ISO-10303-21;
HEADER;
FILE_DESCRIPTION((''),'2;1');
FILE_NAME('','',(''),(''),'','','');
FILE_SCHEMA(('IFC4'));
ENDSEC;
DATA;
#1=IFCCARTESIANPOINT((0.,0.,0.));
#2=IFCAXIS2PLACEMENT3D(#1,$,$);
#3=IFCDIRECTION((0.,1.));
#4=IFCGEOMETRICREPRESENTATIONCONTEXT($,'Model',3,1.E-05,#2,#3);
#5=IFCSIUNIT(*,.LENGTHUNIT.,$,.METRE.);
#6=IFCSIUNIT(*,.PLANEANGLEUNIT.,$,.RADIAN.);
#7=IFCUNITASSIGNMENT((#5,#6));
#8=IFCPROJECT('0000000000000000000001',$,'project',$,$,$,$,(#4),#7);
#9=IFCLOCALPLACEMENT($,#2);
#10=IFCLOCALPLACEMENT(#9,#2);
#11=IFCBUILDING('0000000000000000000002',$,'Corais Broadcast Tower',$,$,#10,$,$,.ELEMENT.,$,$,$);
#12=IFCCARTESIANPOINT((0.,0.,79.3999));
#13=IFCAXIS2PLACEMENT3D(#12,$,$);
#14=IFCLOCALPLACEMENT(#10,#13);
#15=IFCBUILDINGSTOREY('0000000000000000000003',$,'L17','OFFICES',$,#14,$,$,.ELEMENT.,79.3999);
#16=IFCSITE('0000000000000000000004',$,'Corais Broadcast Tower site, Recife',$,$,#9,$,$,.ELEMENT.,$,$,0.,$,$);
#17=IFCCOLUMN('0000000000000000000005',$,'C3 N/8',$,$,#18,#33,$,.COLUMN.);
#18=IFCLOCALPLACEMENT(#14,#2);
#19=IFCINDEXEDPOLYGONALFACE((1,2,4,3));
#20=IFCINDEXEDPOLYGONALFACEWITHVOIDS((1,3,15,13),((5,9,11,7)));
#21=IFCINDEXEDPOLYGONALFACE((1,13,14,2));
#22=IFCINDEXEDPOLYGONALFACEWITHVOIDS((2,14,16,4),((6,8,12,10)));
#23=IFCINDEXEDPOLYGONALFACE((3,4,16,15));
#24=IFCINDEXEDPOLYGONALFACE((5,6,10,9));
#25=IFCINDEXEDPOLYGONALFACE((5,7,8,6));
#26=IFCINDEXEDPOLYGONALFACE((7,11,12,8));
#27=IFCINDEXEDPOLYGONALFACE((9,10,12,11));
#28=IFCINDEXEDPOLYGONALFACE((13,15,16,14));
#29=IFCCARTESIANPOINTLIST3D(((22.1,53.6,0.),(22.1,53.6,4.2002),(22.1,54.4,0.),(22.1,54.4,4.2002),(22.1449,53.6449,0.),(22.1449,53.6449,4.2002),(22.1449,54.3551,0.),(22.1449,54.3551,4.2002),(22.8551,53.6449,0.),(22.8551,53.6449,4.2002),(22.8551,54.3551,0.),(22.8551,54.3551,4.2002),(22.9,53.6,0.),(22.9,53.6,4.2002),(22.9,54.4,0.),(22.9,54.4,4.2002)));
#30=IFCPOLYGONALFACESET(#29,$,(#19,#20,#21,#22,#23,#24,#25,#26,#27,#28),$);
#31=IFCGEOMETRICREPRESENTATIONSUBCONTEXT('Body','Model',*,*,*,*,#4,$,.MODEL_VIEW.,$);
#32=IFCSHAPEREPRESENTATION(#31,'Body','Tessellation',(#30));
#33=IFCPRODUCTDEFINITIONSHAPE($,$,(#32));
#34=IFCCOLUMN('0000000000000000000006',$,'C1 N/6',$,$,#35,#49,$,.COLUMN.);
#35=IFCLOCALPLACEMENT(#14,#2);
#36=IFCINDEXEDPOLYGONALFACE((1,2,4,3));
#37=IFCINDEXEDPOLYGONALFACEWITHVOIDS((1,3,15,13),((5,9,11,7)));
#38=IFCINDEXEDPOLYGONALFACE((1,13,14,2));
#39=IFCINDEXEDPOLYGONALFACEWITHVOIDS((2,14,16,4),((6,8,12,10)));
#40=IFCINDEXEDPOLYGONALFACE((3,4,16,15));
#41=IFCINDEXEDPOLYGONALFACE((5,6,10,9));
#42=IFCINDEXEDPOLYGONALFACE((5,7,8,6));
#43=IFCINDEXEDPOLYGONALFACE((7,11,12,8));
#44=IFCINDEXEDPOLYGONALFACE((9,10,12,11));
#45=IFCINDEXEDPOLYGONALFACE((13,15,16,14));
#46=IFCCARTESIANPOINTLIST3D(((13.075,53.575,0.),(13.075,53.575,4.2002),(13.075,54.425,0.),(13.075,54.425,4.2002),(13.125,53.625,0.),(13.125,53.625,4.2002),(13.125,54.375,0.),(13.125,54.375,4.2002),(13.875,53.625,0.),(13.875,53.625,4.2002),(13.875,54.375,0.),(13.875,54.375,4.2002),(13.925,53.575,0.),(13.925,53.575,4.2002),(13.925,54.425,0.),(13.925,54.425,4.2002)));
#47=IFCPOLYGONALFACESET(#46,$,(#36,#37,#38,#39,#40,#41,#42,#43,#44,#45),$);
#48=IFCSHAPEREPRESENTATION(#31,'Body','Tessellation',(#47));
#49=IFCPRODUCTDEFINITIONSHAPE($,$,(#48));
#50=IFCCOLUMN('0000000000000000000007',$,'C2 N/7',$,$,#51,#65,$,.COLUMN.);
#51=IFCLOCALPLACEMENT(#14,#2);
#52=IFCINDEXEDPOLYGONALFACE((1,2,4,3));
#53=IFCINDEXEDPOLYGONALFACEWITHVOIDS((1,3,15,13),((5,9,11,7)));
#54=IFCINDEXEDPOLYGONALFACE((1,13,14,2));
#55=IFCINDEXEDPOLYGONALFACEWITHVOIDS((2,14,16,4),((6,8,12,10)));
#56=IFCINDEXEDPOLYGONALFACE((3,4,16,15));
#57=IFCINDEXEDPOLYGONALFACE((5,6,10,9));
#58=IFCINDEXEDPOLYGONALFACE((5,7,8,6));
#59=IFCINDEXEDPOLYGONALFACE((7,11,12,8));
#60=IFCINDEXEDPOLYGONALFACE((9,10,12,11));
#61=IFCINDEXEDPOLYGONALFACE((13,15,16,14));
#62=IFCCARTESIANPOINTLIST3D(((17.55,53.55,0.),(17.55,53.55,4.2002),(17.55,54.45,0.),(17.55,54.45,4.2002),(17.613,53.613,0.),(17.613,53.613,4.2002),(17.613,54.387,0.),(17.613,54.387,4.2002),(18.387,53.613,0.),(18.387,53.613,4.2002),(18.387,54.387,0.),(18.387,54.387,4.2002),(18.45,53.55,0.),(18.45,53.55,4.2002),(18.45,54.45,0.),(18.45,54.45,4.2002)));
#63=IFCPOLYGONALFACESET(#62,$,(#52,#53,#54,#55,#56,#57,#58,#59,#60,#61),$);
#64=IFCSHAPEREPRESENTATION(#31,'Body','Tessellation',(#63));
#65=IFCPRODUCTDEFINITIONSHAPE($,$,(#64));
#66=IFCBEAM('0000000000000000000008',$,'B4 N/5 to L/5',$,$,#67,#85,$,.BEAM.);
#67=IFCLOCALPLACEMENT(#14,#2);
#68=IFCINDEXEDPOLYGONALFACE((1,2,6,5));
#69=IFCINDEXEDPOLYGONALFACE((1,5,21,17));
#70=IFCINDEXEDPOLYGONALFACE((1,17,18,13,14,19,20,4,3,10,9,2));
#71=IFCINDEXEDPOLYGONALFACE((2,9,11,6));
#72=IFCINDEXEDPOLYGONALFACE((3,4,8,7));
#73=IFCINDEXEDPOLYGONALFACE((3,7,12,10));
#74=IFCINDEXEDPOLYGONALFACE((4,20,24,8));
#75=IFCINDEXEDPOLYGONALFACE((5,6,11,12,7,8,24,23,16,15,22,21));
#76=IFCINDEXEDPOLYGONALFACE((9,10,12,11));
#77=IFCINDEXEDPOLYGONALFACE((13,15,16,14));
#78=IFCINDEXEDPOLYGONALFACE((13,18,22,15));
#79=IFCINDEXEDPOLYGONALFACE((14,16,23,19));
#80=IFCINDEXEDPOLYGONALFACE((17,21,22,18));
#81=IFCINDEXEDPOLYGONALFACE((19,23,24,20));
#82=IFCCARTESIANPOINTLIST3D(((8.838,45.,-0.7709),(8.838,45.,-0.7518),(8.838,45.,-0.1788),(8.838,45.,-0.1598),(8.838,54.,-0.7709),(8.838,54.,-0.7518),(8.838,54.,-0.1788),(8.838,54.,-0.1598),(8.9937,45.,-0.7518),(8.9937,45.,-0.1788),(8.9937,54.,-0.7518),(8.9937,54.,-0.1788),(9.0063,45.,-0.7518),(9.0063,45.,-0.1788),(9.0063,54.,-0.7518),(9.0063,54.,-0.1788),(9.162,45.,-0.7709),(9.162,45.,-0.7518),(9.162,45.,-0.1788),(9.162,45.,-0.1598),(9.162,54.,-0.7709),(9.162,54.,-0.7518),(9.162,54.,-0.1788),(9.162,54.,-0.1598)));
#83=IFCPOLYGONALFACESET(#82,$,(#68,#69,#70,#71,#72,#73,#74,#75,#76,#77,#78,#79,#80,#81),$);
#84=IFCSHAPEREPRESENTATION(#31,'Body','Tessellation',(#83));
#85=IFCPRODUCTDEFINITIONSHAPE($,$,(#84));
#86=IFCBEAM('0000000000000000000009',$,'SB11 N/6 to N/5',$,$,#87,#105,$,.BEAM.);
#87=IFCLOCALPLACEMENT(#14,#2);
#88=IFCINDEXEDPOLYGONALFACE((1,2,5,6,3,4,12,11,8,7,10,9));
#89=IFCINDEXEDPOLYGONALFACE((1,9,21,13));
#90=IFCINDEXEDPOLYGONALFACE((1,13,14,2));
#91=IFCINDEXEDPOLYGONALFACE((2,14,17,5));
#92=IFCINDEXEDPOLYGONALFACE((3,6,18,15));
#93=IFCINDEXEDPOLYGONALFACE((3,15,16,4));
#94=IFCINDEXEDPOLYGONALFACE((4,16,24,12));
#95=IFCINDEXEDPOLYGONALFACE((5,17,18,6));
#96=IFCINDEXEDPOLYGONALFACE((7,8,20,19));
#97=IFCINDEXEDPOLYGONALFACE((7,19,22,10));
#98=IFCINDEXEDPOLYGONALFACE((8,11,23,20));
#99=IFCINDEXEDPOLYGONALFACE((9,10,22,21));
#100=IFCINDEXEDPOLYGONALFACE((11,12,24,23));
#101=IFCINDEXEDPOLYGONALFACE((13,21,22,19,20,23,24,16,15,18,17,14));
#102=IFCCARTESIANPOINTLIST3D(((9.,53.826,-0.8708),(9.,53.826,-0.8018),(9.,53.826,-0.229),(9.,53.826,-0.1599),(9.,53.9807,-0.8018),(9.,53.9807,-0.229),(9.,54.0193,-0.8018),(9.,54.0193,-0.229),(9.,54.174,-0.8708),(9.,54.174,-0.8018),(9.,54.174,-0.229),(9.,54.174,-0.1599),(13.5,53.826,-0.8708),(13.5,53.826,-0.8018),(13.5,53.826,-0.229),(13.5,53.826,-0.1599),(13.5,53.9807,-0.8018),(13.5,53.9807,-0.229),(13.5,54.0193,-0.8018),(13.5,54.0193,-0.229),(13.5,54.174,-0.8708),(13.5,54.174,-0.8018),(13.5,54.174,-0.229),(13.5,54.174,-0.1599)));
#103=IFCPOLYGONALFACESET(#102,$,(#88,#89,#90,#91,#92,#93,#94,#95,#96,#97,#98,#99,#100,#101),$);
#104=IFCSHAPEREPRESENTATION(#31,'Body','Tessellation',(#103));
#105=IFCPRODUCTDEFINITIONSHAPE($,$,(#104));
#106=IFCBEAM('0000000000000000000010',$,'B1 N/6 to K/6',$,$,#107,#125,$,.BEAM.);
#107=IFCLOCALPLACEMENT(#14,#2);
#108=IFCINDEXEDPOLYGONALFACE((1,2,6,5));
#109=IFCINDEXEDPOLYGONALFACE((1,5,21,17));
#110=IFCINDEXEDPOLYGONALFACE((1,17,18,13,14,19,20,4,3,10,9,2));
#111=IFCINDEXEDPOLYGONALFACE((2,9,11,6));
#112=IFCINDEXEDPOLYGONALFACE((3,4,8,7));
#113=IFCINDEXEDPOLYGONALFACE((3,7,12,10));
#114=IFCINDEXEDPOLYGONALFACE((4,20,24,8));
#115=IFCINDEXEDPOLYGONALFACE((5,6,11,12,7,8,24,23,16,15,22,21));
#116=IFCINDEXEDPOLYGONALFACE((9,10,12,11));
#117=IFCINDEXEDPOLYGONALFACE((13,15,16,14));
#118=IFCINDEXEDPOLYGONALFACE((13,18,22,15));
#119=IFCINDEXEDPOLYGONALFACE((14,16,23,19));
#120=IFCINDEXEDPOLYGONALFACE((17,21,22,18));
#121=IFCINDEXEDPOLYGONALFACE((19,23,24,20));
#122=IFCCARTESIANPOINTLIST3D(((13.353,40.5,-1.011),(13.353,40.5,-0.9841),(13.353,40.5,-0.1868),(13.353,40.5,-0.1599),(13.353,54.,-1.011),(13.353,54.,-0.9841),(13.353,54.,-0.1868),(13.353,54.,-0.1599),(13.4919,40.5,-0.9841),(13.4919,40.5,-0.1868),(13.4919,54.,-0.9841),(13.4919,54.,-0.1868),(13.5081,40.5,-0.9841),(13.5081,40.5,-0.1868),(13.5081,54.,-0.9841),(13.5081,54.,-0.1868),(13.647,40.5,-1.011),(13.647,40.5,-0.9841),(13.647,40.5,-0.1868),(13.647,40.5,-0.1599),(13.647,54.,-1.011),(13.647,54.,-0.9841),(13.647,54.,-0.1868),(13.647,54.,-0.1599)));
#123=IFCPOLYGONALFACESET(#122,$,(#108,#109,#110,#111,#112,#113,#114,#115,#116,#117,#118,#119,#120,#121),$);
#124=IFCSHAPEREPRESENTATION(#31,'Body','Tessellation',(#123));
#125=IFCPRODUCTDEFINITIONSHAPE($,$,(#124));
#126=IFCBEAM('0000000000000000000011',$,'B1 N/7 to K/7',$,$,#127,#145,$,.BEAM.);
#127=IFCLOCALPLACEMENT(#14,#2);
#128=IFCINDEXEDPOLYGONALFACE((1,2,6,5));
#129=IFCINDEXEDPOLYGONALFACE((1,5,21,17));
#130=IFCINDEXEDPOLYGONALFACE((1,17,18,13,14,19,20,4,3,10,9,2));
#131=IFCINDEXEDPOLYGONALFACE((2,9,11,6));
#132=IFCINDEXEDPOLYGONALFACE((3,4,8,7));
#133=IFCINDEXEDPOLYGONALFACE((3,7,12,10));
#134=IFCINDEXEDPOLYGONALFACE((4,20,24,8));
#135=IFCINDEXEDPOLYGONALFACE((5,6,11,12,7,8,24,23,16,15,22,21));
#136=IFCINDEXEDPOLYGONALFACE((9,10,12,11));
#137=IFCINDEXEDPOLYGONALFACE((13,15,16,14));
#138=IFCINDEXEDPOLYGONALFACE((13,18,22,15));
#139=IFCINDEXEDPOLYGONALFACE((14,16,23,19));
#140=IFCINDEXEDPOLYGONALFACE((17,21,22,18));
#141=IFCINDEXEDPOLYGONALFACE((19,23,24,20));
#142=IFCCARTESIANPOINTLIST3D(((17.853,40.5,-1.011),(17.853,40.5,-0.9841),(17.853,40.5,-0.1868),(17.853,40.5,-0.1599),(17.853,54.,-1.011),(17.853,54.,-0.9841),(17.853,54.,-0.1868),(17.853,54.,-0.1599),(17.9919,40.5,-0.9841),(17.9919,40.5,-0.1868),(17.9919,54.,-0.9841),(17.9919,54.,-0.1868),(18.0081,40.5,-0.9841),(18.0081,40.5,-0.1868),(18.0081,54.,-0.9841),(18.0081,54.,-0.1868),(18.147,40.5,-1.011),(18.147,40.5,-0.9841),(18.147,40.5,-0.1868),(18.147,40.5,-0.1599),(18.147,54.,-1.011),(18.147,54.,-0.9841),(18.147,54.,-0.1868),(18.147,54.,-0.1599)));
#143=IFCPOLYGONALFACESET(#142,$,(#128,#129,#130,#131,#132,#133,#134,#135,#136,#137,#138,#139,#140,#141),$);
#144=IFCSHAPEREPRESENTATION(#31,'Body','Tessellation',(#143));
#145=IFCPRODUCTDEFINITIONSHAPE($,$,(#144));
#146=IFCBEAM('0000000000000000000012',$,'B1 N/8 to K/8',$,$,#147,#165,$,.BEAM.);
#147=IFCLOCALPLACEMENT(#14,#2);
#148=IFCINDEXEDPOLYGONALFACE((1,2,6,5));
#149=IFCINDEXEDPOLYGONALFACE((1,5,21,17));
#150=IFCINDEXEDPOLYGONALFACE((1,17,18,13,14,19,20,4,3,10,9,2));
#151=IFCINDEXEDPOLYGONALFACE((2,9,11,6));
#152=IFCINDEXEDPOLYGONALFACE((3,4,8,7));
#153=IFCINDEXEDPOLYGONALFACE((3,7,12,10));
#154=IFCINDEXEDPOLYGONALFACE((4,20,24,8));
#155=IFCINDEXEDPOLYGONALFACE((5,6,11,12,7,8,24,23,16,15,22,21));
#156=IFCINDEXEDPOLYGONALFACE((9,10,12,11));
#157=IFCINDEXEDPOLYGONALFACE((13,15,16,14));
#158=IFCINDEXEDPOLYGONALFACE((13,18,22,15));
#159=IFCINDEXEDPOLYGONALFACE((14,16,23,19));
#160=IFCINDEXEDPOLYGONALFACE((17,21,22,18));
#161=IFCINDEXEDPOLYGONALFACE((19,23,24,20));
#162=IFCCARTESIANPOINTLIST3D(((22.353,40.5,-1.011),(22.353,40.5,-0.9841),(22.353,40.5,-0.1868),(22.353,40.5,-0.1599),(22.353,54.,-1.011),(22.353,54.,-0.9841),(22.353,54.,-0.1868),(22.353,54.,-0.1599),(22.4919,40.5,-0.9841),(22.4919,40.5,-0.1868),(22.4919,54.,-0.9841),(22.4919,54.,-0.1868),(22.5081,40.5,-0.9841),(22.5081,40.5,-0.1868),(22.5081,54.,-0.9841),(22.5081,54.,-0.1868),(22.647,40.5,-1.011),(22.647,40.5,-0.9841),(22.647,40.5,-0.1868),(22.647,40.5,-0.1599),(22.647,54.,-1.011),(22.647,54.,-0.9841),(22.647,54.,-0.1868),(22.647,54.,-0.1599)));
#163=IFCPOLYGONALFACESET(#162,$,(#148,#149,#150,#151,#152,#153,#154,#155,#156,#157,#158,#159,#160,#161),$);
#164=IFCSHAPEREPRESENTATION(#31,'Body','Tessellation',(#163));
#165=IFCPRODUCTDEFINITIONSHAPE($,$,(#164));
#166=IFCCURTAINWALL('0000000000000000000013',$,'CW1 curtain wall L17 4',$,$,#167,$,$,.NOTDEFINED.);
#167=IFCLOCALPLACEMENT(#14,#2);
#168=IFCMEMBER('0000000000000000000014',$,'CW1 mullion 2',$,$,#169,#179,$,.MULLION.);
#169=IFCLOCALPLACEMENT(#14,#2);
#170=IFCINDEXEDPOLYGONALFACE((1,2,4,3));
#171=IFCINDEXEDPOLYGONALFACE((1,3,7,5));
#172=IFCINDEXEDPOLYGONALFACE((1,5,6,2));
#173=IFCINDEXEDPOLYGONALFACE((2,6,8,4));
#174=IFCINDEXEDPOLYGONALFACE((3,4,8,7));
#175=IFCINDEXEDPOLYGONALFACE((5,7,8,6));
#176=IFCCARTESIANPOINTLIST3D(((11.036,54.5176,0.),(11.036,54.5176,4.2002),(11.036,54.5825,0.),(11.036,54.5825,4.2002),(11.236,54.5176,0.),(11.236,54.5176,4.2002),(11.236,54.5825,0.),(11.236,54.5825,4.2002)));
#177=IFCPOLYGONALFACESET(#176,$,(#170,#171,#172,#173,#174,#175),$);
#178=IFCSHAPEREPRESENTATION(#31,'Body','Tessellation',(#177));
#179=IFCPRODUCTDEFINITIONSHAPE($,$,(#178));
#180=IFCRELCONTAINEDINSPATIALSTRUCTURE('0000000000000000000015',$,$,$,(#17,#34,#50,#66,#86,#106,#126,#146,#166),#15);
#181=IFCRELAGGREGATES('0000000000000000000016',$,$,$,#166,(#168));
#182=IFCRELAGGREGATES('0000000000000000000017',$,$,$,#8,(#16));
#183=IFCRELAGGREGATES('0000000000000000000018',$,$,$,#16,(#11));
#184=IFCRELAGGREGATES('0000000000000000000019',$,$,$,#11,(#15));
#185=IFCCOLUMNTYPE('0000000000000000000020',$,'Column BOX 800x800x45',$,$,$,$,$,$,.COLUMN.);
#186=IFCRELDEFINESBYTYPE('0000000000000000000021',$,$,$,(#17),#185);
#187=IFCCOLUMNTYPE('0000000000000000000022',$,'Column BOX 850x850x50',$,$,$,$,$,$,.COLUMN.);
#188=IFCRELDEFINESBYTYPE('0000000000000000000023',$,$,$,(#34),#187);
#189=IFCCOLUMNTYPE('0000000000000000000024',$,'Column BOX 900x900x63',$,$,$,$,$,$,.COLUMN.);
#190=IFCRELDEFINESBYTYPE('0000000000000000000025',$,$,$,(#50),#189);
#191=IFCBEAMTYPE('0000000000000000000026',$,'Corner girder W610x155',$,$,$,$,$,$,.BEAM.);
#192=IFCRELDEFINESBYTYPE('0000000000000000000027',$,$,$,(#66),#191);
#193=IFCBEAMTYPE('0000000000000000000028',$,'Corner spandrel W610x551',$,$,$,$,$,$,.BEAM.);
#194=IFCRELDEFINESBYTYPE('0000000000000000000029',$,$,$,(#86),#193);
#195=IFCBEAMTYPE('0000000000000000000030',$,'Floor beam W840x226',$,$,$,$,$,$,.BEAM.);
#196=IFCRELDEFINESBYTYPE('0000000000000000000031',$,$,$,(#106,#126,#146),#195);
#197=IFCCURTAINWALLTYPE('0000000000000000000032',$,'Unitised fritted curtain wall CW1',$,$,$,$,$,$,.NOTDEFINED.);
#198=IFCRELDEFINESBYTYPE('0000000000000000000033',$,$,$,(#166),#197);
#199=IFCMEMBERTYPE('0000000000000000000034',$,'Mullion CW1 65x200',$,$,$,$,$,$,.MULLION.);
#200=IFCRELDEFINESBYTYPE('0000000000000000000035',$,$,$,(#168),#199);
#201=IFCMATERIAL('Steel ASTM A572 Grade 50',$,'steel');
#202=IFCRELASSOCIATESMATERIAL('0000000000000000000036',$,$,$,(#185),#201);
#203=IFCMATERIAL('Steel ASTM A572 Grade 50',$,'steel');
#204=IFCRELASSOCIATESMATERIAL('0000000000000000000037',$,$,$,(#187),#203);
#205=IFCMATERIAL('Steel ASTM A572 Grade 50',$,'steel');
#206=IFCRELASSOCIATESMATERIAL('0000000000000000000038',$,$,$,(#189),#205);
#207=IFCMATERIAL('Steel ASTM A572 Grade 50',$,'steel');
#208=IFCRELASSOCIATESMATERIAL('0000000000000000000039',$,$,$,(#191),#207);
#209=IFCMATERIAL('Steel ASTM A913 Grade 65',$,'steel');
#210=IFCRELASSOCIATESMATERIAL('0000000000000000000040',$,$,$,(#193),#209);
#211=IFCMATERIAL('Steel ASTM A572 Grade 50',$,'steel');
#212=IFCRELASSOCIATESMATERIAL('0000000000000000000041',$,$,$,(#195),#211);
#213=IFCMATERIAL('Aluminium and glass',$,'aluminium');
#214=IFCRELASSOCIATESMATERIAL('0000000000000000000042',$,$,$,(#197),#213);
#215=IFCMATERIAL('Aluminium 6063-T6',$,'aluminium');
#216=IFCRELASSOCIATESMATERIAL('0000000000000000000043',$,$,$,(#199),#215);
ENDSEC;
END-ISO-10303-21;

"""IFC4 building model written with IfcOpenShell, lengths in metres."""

from ifc_helpers import new_model, si_unit, direction, frame, origin, origin_2d, place, context, subcontext, project, spatial, rectangle, hollow_rectangle, i_section, extrude, material, material_profile, profile_set, type_object, element, aggregate, save


model = new_model("IFC4")

# Units and contexts
model_context = context("Model", 3, precision=1e-05, world=origin(), true_north=direction((0.0, 1.0)))
body_context = subcontext(model_context, "Body", "Model", "MODEL_VIEW")
ifc_project = project(units=[si_unit("LENGTHUNIT", "METRE"), si_unit("PLANEANGLEUNIT", "RADIAN")], contexts=[model_context])

# Site, building, storey
site_placement = place(None, origin())
site = spatial("IfcSite", under=ifc_project, at=site_placement, Name="Corais Broadcast Tower site, Recife", CompositionType="ELEMENT", RefElevation=0.0)
building_placement = place(site_placement, origin())
building = spatial("IfcBuilding", under=site, at=building_placement, Name="Corais Broadcast Tower", CompositionType="ELEMENT")
storey_placement = place(building_placement, frame((0.0, 0.0, 79.3999)))
storey = spatial("IfcBuildingStorey", under=building, at=storey_placement, Name="L17", Description="OFFICES", CompositionType="ELEMENT", Elevation=79.3999)

# Columns
ifc_material_1 = material(Name="Steel ASTM A572 Grade 50", Category="steel")
ifc_material_profile_1 = material_profile(ifc_material_1, hollow_rectangle(XDim=0.8, YDim=0.8, WallThickness=0.0449, at=origin_2d()), Name="BOX 800x800x45")
ifc_profile_set_1 = profile_set([ifc_material_profile_1], Name="Steel ASTM A572 Grade 50")
column_type_1 = type_object("IfcColumnType", Name="Column BOX 800x800x45", PredefinedType="COLUMN", material=ifc_profile_set_1)
column_1_placement = place(storey_placement, frame((22.5, 54.0, 0.0), z_axis=(0.0, 0.0, 1.0), x_axis=(1.0, 0.0, 0.0)))
element("IfcColumn", 1, at=column_1_placement, inside=storey, type_object=column_type_1, Name="C3 N/8", PredefinedType="COLUMN", context=body_context, shape_type="SweptSolid", body=[
    extrude(hollow_rectangle(XDim=0.8, YDim=0.8, WallThickness=0.0449, at=origin_2d()), origin(), (0.0, 0.0, 1.0), 4.2002),
])
ifc_material_2 = material(Name="Steel ASTM A572 Grade 50", Category="steel")
ifc_material_profile_2 = material_profile(ifc_material_2, hollow_rectangle(XDim=0.8501, YDim=0.8501, WallThickness=0.05, at=origin_2d()), Name="BOX 850x850x50")
ifc_profile_set_2 = profile_set([ifc_material_profile_2], Name="Steel ASTM A572 Grade 50")
column_type_2 = type_object("IfcColumnType", Name="Column BOX 850x850x50", PredefinedType="COLUMN", material=ifc_profile_set_2)
column_2_placement = place(storey_placement, frame((13.5, 54.0, 0.0), z_axis=(0.0, 0.0, 1.0), x_axis=(1.0, 0.0, 0.0)))
element("IfcColumn", 2, at=column_2_placement, inside=storey, type_object=column_type_2, Name="C1 N/6", PredefinedType="COLUMN", context=body_context, shape_type="SweptSolid", body=[
    extrude(hollow_rectangle(XDim=0.8501, YDim=0.8501, WallThickness=0.05, at=origin_2d()), origin(), (0.0, 0.0, 1.0), 4.2002),
])
ifc_material_3 = material(Name="Steel ASTM A572 Grade 50", Category="steel")
ifc_material_profile_3 = material_profile(ifc_material_3, hollow_rectangle(XDim=0.8999, YDim=0.8999, WallThickness=0.063, at=origin_2d()), Name="BOX 900x900x63")
ifc_profile_set_3 = profile_set([ifc_material_profile_3], Name="Steel ASTM A572 Grade 50")
column_type_3 = type_object("IfcColumnType", Name="Column BOX 900x900x63", PredefinedType="COLUMN", material=ifc_profile_set_3)
column_3_placement = place(storey_placement, frame((18.0, 54.0, 0.0), z_axis=(0.0, 0.0, 1.0), x_axis=(1.0, 0.0, 0.0)))
element("IfcColumn", 3, at=column_3_placement, inside=storey, type_object=column_type_3, Name="C2 N/7", PredefinedType="COLUMN", context=body_context, shape_type="SweptSolid", body=[
    extrude(hollow_rectangle(XDim=0.8999, YDim=0.8999, WallThickness=0.063, at=origin_2d()), origin(), (0.0, 0.0, 1.0), 4.2002),
])

# Beams
ifc_material_4 = material(Name="Steel ASTM A572 Grade 50", Category="steel")
ifc_material_profile_4 = material_profile(ifc_material_4, i_section(OverallWidth=0.324, OverallDepth=0.6111, WebThickness=0.0127, FlangeThickness=0.019, at=origin_2d()), Name="W610x155")
ifc_profile_set_4 = profile_set([ifc_material_profile_4], Name="Steel ASTM A572 Grade 50")
beam_type_1 = type_object("IfcBeamType", Name="Corner girder W610x155", PredefinedType="BEAM", material=ifc_profile_set_4)
beam_1_placement = place(storey_placement, frame((9.0, 54.0, -0.4653), z_axis=(0.0, -1.0, 0.0), x_axis=(1.0, 0.0, 0.0)))
element("IfcBeam", 4, at=beam_1_placement, inside=storey, type_object=beam_type_1, Name="B4 N/5 to L/5", PredefinedType="BEAM", context=body_context, shape_type="SweptSolid", body=[
    extrude(i_section(OverallWidth=0.324, OverallDepth=0.6111, WebThickness=0.0127, FlangeThickness=0.019, at=origin_2d()), origin(), (0.0, 0.0, 1.0), 9.0),
])
ifc_material_5 = material(Name="Steel ASTM A913 Grade 65", Category="steel")
ifc_material_profile_5 = material_profile(ifc_material_5, i_section(OverallWidth=0.3479, OverallDepth=0.7109, WebThickness=0.0386, FlangeThickness=0.0691, at=origin_2d()), Name="W610x551")
ifc_profile_set_5 = profile_set([ifc_material_profile_5], Name="Steel ASTM A913 Grade 65")
beam_type_2 = type_object("IfcBeamType", Name="Corner spandrel W610x551", PredefinedType="BEAM", material=ifc_profile_set_5)
beam_2_placement = place(storey_placement, frame((13.5, 54.0, -0.5154), z_axis=(-1.0, 0.0, 0.0), x_axis=(0.0, -1.0, 0.0)))
element("IfcBeam", 5, at=beam_2_placement, inside=storey, type_object=beam_type_2, Name="SB11 N/6 to N/5", PredefinedType="BEAM", context=body_context, shape_type="SweptSolid", body=[
    extrude(i_section(OverallWidth=0.3479, OverallDepth=0.7109, WebThickness=0.0386, FlangeThickness=0.0691, at=origin_2d()), origin(), (0.0, 0.0, 1.0), 4.5),
])
ifc_material_6 = material(Name="Steel ASTM A572 Grade 50", Category="steel")
ifc_material_profile_6 = material_profile(ifc_material_6, i_section(OverallWidth=0.2939, OverallDepth=0.8511, WebThickness=0.0161, FlangeThickness=0.0269, at=origin_2d()), Name="W840x226")
ifc_profile_set_6 = profile_set([ifc_material_profile_6], Name="Steel ASTM A572 Grade 50")
beam_type_3 = type_object("IfcBeamType", Name="Floor beam W840x226", PredefinedType="BEAM", material=ifc_profile_set_6)
for number, where, z_axis, x_axis, name in (
    (6, (13.5, 54.0, -0.5854), (0.0, -1.0, 0.0), (1.0, 0.0, 0.0), "B1 N/6 to K/6"),
    (7, (18.0, 54.0, -0.5854), (0.0, -1.0, 0.0), (1.0, 0.0, 0.0), "B1 N/7 to K/7"),
    (8, (22.5, 54.0, -0.5854), (0.0, -1.0, 0.0), (1.0, 0.0, 0.0), "B1 N/8 to K/8"),
):
    element("IfcBeam", number, at=place(storey_placement, frame(where, z_axis=z_axis, x_axis=x_axis)), inside=storey, type_object=beam_type_3, Name=name, PredefinedType="BEAM", context=body_context, shape_type="SweptSolid", body=[
        extrude(i_section(OverallWidth=0.2939, OverallDepth=0.8511, WebThickness=0.0161, FlangeThickness=0.0269, at=origin_2d()), origin(), (0.0, 0.0, 1.0), 13.5),
    ])

# Curtain wall, member
ifc_material_7 = material(Name="Aluminium and glass", Category="aluminium")
curtain_wall_type = type_object("IfcCurtainWallType", Name="Unitised fritted curtain wall CW1", PredefinedType="NOTDEFINED", material=ifc_material_7)
curtain_wall_placement = place(storey_placement, origin())
curtain_wall = element("IfcCurtainWall", 9, at=curtain_wall_placement, inside=storey, type_object=curtain_wall_type, Name="CW1 curtain wall L17 4", PredefinedType="NOTDEFINED")
ifc_material_8 = material(Name="Aluminium 6063-T6", Category="aluminium")
ifc_material_profile_7 = material_profile(ifc_material_8, rectangle(XDim=0.0649, YDim=0.2, at=origin_2d()), Name="Mullion CW1 65x200")
ifc_profile_set_7 = profile_set([ifc_material_profile_7], Name="Aluminium 6063-T6")
member_type_1 = type_object("IfcMemberType", Name="Mullion CW1 65x200", PredefinedType="MULLION", material=ifc_profile_set_7)
member_1_placement = place(storey_placement, frame((11.136, 54.55, 0.0), z_axis=(0.0, 0.0, 1.0), x_axis=(0.0, 1.0, 0.0)))
member_1 = element("IfcMember", 10, at=member_1_placement, type_object=member_type_1, Name="CW1 mullion 2", PredefinedType="MULLION", context=body_context, shape_type="SweptSolid", body=[
    extrude(rectangle(XDim=0.0649, YDim=0.2, at=origin_2d()), origin(), (0.0, 0.0, 1.0), 4.2002),
])

aggregate(curtain_wall, [member_1])

save(model, "model.ifc")
